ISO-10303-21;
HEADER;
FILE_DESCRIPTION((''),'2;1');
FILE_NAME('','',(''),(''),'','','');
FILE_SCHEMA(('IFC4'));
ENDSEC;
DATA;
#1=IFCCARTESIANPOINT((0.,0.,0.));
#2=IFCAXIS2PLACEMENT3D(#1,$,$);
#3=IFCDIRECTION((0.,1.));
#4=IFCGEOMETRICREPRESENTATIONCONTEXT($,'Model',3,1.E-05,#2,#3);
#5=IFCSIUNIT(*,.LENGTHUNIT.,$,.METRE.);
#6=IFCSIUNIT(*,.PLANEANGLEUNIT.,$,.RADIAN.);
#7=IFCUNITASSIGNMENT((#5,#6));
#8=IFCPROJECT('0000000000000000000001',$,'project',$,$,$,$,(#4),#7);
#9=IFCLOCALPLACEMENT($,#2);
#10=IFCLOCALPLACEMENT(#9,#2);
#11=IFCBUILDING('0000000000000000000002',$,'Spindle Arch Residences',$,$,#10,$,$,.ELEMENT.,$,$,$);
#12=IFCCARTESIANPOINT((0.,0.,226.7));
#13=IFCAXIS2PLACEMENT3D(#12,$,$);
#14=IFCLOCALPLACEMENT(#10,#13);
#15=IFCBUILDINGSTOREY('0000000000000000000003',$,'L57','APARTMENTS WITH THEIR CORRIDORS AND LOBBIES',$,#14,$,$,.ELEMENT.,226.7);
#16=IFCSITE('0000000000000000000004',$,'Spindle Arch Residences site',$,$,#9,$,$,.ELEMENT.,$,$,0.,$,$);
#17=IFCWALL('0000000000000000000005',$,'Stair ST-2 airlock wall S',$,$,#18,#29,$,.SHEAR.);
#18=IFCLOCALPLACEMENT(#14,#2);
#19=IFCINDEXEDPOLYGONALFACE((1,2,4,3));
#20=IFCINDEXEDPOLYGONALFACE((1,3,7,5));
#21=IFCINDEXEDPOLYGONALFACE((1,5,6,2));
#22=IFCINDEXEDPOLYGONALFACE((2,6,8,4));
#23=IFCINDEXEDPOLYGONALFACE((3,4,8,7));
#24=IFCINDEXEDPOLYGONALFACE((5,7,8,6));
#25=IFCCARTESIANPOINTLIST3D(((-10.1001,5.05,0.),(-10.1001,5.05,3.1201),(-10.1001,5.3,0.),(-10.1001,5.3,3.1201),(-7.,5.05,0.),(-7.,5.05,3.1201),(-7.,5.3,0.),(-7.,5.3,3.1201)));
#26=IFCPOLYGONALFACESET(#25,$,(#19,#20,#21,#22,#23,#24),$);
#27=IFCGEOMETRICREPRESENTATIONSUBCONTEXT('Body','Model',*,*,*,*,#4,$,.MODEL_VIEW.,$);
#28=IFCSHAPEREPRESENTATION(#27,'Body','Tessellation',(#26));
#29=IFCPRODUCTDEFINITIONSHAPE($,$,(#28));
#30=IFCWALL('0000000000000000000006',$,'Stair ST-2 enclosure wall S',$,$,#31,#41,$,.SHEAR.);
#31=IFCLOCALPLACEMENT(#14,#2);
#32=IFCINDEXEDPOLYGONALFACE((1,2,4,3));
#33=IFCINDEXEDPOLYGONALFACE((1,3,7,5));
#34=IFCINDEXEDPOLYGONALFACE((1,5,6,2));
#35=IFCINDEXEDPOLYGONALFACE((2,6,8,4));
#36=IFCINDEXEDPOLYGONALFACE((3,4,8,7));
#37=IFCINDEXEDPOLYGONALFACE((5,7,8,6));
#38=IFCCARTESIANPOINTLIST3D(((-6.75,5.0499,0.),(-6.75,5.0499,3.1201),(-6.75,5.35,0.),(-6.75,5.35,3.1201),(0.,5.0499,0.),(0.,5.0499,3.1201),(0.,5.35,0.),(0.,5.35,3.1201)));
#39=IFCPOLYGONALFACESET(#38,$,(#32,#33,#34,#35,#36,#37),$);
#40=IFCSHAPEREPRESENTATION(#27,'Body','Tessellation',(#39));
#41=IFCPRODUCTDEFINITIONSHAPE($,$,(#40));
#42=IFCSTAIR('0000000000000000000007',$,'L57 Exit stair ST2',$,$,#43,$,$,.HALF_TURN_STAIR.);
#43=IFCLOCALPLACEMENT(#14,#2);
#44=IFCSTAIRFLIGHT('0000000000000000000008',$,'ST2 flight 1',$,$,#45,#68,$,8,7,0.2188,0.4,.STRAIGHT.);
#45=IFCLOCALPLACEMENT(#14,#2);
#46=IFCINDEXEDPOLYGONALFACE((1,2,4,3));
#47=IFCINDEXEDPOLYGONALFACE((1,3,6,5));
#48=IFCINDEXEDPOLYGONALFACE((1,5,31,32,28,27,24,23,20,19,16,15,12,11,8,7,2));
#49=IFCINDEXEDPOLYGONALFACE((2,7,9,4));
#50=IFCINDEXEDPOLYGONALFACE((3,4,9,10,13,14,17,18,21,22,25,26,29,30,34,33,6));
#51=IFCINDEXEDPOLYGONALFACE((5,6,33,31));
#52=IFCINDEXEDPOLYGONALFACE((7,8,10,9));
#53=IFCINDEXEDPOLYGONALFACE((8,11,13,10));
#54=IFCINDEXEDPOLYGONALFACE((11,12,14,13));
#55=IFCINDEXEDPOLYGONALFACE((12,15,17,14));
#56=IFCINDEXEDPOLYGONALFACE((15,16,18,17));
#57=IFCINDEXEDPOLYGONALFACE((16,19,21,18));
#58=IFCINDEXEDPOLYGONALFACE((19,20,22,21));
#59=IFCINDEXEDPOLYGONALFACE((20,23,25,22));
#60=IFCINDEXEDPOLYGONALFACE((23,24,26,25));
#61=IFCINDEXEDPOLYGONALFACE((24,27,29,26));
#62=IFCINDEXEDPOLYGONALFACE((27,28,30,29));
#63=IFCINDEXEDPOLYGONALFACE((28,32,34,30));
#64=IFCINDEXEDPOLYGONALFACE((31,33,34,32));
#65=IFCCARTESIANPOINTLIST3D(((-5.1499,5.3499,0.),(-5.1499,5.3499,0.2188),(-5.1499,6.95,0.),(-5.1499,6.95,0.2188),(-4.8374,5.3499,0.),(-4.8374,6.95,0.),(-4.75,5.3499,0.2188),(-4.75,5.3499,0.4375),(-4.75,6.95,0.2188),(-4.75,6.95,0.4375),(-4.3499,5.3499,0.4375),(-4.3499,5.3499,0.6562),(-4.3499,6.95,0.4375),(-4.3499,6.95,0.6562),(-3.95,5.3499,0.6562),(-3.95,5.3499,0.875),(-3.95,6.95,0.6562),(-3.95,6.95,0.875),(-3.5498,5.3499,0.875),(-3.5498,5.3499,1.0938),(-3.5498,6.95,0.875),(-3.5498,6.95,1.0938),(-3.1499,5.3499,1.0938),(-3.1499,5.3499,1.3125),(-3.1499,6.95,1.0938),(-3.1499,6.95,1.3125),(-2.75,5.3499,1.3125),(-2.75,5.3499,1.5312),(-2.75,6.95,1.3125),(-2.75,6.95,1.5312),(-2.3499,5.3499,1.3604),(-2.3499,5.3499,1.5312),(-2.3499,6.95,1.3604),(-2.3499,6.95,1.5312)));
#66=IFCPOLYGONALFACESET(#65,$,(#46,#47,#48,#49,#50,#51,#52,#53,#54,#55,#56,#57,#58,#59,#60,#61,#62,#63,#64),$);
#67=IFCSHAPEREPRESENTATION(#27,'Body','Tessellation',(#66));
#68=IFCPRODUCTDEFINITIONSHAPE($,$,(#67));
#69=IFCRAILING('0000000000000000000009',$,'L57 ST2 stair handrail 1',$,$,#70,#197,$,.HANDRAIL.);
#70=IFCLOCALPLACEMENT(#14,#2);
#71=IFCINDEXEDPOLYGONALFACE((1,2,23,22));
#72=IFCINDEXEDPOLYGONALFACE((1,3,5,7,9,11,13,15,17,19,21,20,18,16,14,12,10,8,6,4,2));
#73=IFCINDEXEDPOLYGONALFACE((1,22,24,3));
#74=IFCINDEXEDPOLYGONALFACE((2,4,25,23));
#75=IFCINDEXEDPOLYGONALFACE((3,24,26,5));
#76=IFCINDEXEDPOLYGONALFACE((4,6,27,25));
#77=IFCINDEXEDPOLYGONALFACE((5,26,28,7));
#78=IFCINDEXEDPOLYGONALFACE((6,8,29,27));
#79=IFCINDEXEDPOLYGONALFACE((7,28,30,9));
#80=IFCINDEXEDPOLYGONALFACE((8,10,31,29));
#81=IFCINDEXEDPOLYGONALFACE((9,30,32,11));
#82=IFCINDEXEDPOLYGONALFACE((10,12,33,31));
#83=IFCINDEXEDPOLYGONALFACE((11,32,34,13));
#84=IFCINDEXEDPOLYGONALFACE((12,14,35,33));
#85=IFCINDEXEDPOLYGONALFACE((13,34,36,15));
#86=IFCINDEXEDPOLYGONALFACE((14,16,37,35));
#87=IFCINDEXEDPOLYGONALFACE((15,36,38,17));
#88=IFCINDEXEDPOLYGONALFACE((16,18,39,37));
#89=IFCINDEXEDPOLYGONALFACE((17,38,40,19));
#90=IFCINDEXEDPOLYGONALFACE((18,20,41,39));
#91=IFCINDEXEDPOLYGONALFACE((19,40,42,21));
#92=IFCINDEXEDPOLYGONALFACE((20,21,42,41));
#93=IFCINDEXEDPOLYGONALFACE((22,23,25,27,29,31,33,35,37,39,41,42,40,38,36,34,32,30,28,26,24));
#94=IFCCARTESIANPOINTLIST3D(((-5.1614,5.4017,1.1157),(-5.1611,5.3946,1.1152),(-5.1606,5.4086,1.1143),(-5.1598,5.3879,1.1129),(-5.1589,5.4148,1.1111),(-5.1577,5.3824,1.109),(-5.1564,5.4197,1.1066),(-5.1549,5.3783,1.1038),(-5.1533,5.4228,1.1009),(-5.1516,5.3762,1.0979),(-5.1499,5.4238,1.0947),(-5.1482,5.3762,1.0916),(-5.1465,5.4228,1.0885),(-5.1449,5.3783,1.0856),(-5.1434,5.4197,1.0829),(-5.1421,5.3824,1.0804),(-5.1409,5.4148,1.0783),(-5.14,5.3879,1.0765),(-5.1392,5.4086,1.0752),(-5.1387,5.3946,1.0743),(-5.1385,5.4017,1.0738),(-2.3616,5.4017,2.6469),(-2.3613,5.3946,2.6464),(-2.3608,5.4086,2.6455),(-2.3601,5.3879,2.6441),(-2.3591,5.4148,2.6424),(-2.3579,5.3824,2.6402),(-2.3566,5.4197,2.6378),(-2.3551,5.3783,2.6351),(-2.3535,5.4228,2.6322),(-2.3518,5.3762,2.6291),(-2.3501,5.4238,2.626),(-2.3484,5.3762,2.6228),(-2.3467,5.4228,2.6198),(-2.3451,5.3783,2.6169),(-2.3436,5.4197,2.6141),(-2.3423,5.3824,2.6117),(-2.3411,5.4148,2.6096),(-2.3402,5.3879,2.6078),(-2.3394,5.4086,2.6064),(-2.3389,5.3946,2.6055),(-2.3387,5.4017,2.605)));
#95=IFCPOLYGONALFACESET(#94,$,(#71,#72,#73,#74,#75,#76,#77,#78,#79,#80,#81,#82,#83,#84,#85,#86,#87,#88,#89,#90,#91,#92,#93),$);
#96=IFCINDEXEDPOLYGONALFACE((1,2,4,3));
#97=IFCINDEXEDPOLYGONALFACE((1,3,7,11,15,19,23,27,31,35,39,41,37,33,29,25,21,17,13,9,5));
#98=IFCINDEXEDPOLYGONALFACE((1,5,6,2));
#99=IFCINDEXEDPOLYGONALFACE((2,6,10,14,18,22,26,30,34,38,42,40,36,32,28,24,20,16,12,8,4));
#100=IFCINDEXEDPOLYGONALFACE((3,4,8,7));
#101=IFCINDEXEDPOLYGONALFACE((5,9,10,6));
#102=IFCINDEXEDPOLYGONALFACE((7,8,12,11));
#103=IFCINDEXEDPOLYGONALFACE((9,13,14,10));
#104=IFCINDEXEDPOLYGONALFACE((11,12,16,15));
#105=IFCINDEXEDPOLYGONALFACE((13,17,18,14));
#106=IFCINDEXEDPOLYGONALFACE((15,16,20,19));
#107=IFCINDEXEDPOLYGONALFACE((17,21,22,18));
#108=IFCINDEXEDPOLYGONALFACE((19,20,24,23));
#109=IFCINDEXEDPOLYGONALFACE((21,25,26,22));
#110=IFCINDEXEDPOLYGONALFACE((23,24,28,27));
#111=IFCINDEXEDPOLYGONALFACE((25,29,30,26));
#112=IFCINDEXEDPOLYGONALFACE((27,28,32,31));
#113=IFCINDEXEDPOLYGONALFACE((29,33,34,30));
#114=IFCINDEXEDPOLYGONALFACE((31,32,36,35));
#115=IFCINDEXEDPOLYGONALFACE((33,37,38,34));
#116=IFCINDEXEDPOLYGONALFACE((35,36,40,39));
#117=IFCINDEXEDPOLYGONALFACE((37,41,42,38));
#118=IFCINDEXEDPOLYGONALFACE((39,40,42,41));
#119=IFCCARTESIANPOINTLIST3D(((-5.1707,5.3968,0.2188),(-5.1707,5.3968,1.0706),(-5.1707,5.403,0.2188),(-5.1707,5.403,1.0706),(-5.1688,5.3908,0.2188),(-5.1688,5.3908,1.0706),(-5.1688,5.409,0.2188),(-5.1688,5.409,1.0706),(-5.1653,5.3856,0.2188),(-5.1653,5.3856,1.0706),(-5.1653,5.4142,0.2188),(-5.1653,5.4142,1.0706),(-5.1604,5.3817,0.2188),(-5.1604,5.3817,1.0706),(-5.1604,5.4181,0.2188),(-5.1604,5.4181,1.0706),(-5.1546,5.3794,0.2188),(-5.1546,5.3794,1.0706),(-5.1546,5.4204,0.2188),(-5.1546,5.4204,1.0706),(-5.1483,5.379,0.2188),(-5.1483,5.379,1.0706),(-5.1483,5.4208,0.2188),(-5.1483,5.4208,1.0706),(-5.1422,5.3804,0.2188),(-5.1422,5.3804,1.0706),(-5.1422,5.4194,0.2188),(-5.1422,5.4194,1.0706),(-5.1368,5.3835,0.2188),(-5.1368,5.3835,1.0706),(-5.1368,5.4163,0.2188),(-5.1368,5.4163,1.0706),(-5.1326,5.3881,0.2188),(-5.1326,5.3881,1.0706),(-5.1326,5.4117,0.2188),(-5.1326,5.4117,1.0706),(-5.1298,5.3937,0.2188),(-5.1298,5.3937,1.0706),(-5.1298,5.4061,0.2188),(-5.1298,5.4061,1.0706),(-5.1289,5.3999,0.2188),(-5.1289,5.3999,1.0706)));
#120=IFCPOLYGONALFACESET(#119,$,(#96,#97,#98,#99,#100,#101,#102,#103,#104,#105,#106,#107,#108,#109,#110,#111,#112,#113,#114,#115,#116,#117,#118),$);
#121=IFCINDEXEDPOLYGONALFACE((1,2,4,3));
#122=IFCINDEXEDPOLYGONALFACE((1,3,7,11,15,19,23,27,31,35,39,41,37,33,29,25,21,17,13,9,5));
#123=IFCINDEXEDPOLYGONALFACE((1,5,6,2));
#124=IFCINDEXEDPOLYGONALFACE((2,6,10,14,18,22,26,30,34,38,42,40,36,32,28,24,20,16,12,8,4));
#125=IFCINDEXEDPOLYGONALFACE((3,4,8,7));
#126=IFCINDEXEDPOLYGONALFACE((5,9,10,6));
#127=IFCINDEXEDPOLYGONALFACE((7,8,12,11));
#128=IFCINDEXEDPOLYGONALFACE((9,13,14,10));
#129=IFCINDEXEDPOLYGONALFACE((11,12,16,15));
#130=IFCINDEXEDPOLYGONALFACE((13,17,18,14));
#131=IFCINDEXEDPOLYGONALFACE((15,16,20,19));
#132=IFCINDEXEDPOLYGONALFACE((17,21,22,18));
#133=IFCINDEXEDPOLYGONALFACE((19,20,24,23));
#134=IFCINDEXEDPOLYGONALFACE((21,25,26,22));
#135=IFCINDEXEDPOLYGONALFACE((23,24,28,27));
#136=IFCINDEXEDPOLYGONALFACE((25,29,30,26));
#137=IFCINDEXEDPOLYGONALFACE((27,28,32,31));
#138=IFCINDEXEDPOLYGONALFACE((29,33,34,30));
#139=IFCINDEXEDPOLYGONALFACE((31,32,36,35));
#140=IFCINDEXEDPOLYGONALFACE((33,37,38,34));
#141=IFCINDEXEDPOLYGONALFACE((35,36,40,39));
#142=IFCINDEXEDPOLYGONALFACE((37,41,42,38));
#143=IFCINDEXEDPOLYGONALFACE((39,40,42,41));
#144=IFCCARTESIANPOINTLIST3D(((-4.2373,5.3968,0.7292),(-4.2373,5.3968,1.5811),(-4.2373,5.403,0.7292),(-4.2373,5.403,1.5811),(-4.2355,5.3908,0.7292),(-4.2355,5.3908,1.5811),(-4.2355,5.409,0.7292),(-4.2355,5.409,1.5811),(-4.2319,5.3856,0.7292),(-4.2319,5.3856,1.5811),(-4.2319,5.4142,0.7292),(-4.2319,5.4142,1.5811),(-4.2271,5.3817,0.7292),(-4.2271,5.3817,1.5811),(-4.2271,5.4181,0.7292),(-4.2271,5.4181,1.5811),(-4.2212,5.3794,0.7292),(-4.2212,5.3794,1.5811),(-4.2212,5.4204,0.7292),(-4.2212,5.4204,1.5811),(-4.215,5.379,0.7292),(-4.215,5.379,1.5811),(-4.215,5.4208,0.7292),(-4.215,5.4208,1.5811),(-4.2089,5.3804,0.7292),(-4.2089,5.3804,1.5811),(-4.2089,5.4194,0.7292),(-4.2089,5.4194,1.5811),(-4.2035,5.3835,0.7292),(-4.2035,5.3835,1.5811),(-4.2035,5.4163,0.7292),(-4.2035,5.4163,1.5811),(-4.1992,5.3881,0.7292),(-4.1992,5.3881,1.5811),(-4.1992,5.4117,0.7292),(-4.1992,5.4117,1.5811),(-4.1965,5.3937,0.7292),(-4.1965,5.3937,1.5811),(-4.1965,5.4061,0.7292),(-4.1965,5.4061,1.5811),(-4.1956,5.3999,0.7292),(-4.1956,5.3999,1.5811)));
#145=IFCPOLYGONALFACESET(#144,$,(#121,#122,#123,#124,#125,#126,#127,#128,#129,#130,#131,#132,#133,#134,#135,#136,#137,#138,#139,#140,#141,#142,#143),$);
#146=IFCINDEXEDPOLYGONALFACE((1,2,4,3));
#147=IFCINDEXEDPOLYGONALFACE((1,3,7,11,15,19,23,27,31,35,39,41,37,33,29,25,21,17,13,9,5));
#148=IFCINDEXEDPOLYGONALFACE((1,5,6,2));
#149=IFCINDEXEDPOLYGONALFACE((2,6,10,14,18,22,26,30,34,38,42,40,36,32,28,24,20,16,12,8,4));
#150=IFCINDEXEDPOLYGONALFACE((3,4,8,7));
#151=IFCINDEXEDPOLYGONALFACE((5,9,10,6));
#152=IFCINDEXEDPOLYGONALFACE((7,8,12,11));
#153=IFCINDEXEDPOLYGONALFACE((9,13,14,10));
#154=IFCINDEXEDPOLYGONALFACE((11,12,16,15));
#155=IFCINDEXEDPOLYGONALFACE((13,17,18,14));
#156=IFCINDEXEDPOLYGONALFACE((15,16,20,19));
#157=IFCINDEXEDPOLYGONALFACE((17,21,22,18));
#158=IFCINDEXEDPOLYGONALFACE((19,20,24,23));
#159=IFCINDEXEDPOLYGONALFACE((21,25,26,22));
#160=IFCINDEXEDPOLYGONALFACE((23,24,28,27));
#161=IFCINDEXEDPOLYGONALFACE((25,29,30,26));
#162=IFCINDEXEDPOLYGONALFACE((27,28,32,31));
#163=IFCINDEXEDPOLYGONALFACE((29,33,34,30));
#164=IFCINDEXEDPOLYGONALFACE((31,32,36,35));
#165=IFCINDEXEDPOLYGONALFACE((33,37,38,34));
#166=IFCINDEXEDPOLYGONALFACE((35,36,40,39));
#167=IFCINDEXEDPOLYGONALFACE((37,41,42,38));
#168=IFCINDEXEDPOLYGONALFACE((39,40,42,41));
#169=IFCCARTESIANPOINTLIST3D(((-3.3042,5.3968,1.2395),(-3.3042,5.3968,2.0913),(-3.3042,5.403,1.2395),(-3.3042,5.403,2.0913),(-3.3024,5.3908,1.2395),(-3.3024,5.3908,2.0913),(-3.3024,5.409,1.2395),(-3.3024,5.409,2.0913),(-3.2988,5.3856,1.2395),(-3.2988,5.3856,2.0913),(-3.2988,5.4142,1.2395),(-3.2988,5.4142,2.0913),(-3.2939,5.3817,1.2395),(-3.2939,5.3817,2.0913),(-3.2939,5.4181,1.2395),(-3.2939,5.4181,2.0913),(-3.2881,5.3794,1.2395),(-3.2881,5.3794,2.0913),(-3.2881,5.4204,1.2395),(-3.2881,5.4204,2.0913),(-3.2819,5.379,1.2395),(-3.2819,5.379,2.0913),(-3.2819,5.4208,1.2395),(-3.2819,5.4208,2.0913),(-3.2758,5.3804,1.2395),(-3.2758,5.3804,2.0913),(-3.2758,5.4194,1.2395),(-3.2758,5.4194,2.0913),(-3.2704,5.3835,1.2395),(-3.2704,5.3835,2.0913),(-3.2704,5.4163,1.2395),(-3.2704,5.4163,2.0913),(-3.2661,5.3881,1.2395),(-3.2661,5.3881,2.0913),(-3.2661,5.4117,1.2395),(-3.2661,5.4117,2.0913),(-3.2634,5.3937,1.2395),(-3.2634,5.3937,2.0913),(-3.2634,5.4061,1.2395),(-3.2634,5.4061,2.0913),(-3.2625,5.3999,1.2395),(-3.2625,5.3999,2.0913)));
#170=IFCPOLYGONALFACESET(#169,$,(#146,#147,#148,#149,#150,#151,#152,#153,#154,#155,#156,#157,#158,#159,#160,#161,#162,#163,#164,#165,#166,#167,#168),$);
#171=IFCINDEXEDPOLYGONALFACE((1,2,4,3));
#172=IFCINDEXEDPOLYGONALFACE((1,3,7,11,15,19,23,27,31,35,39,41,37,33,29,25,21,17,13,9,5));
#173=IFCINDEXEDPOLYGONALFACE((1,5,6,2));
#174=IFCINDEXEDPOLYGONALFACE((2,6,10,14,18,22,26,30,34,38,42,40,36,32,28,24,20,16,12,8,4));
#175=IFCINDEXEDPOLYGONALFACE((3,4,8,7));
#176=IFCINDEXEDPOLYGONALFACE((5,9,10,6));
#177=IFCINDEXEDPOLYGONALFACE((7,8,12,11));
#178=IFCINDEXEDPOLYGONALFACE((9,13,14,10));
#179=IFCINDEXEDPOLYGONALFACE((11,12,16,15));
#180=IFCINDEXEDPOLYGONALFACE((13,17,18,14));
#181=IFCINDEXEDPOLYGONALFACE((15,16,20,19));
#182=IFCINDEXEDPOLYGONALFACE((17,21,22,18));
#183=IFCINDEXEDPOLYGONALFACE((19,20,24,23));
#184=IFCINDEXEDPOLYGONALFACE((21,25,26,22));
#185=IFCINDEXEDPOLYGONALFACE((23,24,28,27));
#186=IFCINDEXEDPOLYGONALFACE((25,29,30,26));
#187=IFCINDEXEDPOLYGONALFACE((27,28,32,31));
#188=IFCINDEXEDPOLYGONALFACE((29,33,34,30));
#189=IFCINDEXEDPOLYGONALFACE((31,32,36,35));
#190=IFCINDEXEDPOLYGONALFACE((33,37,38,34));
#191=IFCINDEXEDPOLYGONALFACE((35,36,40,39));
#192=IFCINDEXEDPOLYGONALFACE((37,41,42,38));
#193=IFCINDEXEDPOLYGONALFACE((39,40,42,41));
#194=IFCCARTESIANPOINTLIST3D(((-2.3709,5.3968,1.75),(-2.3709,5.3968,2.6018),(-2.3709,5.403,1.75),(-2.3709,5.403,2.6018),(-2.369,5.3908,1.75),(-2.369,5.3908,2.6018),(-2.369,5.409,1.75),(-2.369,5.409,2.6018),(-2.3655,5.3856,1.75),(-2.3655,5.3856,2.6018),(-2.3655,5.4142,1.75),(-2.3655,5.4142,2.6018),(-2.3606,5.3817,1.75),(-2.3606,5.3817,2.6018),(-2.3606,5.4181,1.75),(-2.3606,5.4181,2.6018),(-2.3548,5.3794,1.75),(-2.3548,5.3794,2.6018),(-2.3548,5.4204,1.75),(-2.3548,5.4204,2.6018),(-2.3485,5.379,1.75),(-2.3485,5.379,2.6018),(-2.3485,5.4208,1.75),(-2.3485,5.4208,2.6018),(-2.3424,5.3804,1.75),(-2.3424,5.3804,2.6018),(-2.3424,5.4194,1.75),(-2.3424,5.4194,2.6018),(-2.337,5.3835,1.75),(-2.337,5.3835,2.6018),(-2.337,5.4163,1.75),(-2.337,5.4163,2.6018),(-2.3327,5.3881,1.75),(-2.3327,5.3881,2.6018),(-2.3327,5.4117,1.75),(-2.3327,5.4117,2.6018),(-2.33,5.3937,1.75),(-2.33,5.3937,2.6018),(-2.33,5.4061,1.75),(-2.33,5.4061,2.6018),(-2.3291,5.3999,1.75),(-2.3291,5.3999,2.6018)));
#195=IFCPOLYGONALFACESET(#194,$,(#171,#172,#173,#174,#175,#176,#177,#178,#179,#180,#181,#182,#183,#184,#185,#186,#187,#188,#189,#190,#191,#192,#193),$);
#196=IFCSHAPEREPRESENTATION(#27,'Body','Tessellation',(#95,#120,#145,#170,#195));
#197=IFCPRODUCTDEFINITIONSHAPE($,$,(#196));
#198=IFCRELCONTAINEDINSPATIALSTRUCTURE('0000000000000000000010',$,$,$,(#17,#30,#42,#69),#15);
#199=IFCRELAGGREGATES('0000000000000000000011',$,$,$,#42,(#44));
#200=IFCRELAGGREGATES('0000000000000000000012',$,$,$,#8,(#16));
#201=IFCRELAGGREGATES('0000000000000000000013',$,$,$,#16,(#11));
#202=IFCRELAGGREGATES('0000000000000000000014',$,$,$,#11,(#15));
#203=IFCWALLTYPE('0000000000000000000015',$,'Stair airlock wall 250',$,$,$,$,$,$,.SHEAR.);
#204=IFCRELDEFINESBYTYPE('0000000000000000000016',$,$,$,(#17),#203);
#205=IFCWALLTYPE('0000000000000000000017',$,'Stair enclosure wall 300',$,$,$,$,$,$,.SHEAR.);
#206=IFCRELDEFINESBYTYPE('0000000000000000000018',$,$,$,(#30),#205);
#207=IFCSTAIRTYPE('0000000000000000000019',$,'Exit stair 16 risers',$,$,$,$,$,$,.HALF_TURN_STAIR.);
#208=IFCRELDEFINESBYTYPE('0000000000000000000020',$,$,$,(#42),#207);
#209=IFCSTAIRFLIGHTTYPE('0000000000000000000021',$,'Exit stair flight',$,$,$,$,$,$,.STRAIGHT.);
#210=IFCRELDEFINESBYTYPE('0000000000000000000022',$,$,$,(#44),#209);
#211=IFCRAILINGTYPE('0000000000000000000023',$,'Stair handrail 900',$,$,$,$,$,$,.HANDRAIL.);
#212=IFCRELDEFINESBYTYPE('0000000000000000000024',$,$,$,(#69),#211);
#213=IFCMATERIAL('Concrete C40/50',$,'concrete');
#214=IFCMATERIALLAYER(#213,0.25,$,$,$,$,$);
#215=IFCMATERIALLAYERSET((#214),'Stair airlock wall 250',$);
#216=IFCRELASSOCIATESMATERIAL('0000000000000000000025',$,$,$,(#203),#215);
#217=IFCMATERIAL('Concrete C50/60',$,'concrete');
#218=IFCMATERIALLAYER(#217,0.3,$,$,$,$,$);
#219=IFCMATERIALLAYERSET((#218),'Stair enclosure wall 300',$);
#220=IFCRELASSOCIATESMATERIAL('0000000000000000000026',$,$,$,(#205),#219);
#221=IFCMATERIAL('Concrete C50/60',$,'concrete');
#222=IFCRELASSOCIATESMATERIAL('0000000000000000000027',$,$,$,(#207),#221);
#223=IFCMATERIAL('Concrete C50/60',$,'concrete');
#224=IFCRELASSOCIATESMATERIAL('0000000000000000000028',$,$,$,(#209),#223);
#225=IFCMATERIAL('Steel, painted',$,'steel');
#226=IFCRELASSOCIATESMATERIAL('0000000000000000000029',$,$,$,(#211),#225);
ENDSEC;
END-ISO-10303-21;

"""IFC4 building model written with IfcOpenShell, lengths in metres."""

from ifc_helpers import new_model, si_unit, direction, frame, frame_2d, origin, origin_2d, place, context, subcontext, project, spatial, polyline, rectangle, circle, outline, extrude, material, layer, layer_set, type_object, element, aggregate, save


model = new_model("IFC4")

# Units and contexts
model_context = context("Model", 3, precision=1e-05, world=origin(), true_north=direction((0.0, 1.0)))
body_context = subcontext(model_context, "Body", "Model", "MODEL_VIEW")
ifc_project = project(units=[si_unit("LENGTHUNIT", "METRE"), si_unit("PLANEANGLEUNIT", "RADIAN")], contexts=[model_context])

# Site, building, storey
site_placement = place(None, origin())
site = spatial("IfcSite", under=ifc_project, at=site_placement, Name="Spindle Arch Residences site", CompositionType="ELEMENT", RefElevation=0.0)
building_placement = place(site_placement, origin())
building = spatial("IfcBuilding", under=site, at=building_placement, Name="Spindle Arch Residences", CompositionType="ELEMENT")
storey_placement = place(building_placement, frame((0.0, 0.0, 226.7)))
storey = spatial("IfcBuildingStorey", under=building, at=storey_placement, Name="L57", Description="APARTMENTS WITH THEIR CORRIDORS AND LOBBIES", CompositionType="ELEMENT", Elevation=226.7)

# Walls
ifc_material_1 = material(Name="Concrete C40/50", Category="concrete")
ifc_layer_1 = layer(ifc_material_1, 0.25)
ifc_layer_set_1 = layer_set([ifc_layer_1], Name="Stair airlock wall 250")
wall_type_1 = type_object("IfcWallType", Name="Stair airlock wall 250", PredefinedType="SHEAR", material=ifc_layer_set_1)
wall_1_placement = place(storey_placement, frame((-7.0, 5.175, 0.0), z_axis=(0.0, 0.0, 1.0), x_axis=(-1.0, 0.0, 0.0)))
element("IfcWall", 1, at=wall_1_placement, inside=storey, type_object=wall_type_1, Name="Stair ST-2 airlock wall S", PredefinedType="SHEAR", context=body_context, shape_type="SweptSolid", body=[
    extrude(rectangle(XDim=3.1001, YDim=0.25, at=frame_2d((1.55, 0.0))), origin(), (0.0, 0.0, 1.0), 3.1201),
])
ifc_material_2 = material(Name="Concrete C50/60", Category="concrete")
ifc_layer_2 = layer(ifc_material_2, 0.3)
ifc_layer_set_2 = layer_set([ifc_layer_2], Name="Stair enclosure wall 300")
wall_type_2 = type_object("IfcWallType", Name="Stair enclosure wall 300", PredefinedType="SHEAR", material=ifc_layer_set_2)
wall_2_placement = place(storey_placement, frame((-6.75, 5.2, 0.0), z_axis=(0.0, 0.0, 1.0), x_axis=(1.0, 0.0, 0.0)))
element("IfcWall", 2, at=wall_2_placement, inside=storey, type_object=wall_type_2, Name="Stair ST-2 enclosure wall S", PredefinedType="SHEAR", context=body_context, shape_type="SweptSolid", body=[
    extrude(rectangle(XDim=6.75, YDim=0.3, at=frame_2d((3.375, 0.0))), origin(), (0.0, 0.0, 1.0), 3.1201),
])

# Stair, stair flight
ifc_material_3 = material(Name="Concrete C50/60", Category="concrete")
stair_type = type_object("IfcStairType", Name="Exit stair 16 risers", PredefinedType="HALF_TURN_STAIR", material=ifc_material_3)
stair_placement = place(storey_placement, origin())
stair = element("IfcStair", 3, at=stair_placement, inside=storey, type_object=stair_type, Name="L57 Exit stair ST2", PredefinedType="HALF_TURN_STAIR")
ifc_material_4 = material(Name="Concrete C50/60", Category="concrete")
stair_flight_type = type_object("IfcStairFlightType", Name="Exit stair flight", PredefinedType="STRAIGHT", material=ifc_material_4)
stair_flight_placement = place(storey_placement, frame((-5.1499, 6.1499, 0.0), z_axis=(0.0, 0.0, 1.0), x_axis=(1.0, 0.0, 0.0)))
stair_flight = element("IfcStairFlight", 4, at=stair_flight_placement, type_object=stair_flight_type, Name="ST2 flight 1", NumberOfRisers=8, NumberOfTreads=7, PredefinedType="STRAIGHT", RiserHeight=0.2188, TreadLength=0.4, context=body_context, shape_type="SweptSolid", body=[
    extrude(outline(polyline([(0.0, 0.0), (0.0, 0.2188), (0.3999, 0.2188), (0.3999, 0.4375), (0.8, 0.4375), (0.8, 0.6562), (1.2, 0.6562), (1.2, 0.875), (1.6001, 0.875), (1.6001, 1.0938), (2.0, 1.0938), (2.0, 1.3125), (2.3999, 1.3125), (2.3999, 1.5312), (2.8, 1.5312), (2.8, 1.75), (2.8, 1.3604), (0.3125, 0.0), (0.0, 0.0)])), frame((0.0, 0.8, 0.0), z_axis=(0.0, -1.0, 0.0), x_axis=(1.0, 0.0, 0.0)), (0.0, 0.0, 1.0), 1.6001),
])
aggregate(stair, [stair_flight])

# Railing
ifc_material_5 = material(Name="Steel, painted", Category="steel")
railing_type_1 = type_object("IfcRailingType", Name="Stair handrail 900", PredefinedType="HANDRAIL", material=ifc_material_5)
railing_1_placement = place(storey_placement, frame((-5.1499, 5.3999, 0.2188)))
element("IfcRailing", 5, at=railing_1_placement, inside=storey, type_object=railing_type_1, Name="L57 ST2 stair handrail 1", PredefinedType="HANDRAIL", context=body_context, shape_type="SweptSolid", body=[
    extrude(circle(Radius=0.0239, at=origin_2d()), frame((0.0, 0.0, 0.876), z_axis=(0.877357, 0.0, 0.479838), x_axis=(0.0, 1.0, 0.0)), (0.0, 0.0, 1.0), 3.1912),
    extrude(circle(Radius=0.021, at=origin_2d()), origin(), (0.0, 0.0, 1.0), 0.8518),
    extrude(circle(Radius=0.021, at=origin_2d()), frame((0.9333, 0.0, 0.5105)), (0.0, 0.0, 1.0), 0.8518),
    extrude(circle(Radius=0.021, at=origin_2d()), frame((1.8665, 0.0, 1.0208)), (0.0, 0.0, 1.0), 0.8518),
    extrude(circle(Radius=0.021, at=origin_2d()), frame((2.7998, 0.0, 1.5312)), (0.0, 0.0, 1.0), 0.8518),
])

save(model, "model.ifc")
